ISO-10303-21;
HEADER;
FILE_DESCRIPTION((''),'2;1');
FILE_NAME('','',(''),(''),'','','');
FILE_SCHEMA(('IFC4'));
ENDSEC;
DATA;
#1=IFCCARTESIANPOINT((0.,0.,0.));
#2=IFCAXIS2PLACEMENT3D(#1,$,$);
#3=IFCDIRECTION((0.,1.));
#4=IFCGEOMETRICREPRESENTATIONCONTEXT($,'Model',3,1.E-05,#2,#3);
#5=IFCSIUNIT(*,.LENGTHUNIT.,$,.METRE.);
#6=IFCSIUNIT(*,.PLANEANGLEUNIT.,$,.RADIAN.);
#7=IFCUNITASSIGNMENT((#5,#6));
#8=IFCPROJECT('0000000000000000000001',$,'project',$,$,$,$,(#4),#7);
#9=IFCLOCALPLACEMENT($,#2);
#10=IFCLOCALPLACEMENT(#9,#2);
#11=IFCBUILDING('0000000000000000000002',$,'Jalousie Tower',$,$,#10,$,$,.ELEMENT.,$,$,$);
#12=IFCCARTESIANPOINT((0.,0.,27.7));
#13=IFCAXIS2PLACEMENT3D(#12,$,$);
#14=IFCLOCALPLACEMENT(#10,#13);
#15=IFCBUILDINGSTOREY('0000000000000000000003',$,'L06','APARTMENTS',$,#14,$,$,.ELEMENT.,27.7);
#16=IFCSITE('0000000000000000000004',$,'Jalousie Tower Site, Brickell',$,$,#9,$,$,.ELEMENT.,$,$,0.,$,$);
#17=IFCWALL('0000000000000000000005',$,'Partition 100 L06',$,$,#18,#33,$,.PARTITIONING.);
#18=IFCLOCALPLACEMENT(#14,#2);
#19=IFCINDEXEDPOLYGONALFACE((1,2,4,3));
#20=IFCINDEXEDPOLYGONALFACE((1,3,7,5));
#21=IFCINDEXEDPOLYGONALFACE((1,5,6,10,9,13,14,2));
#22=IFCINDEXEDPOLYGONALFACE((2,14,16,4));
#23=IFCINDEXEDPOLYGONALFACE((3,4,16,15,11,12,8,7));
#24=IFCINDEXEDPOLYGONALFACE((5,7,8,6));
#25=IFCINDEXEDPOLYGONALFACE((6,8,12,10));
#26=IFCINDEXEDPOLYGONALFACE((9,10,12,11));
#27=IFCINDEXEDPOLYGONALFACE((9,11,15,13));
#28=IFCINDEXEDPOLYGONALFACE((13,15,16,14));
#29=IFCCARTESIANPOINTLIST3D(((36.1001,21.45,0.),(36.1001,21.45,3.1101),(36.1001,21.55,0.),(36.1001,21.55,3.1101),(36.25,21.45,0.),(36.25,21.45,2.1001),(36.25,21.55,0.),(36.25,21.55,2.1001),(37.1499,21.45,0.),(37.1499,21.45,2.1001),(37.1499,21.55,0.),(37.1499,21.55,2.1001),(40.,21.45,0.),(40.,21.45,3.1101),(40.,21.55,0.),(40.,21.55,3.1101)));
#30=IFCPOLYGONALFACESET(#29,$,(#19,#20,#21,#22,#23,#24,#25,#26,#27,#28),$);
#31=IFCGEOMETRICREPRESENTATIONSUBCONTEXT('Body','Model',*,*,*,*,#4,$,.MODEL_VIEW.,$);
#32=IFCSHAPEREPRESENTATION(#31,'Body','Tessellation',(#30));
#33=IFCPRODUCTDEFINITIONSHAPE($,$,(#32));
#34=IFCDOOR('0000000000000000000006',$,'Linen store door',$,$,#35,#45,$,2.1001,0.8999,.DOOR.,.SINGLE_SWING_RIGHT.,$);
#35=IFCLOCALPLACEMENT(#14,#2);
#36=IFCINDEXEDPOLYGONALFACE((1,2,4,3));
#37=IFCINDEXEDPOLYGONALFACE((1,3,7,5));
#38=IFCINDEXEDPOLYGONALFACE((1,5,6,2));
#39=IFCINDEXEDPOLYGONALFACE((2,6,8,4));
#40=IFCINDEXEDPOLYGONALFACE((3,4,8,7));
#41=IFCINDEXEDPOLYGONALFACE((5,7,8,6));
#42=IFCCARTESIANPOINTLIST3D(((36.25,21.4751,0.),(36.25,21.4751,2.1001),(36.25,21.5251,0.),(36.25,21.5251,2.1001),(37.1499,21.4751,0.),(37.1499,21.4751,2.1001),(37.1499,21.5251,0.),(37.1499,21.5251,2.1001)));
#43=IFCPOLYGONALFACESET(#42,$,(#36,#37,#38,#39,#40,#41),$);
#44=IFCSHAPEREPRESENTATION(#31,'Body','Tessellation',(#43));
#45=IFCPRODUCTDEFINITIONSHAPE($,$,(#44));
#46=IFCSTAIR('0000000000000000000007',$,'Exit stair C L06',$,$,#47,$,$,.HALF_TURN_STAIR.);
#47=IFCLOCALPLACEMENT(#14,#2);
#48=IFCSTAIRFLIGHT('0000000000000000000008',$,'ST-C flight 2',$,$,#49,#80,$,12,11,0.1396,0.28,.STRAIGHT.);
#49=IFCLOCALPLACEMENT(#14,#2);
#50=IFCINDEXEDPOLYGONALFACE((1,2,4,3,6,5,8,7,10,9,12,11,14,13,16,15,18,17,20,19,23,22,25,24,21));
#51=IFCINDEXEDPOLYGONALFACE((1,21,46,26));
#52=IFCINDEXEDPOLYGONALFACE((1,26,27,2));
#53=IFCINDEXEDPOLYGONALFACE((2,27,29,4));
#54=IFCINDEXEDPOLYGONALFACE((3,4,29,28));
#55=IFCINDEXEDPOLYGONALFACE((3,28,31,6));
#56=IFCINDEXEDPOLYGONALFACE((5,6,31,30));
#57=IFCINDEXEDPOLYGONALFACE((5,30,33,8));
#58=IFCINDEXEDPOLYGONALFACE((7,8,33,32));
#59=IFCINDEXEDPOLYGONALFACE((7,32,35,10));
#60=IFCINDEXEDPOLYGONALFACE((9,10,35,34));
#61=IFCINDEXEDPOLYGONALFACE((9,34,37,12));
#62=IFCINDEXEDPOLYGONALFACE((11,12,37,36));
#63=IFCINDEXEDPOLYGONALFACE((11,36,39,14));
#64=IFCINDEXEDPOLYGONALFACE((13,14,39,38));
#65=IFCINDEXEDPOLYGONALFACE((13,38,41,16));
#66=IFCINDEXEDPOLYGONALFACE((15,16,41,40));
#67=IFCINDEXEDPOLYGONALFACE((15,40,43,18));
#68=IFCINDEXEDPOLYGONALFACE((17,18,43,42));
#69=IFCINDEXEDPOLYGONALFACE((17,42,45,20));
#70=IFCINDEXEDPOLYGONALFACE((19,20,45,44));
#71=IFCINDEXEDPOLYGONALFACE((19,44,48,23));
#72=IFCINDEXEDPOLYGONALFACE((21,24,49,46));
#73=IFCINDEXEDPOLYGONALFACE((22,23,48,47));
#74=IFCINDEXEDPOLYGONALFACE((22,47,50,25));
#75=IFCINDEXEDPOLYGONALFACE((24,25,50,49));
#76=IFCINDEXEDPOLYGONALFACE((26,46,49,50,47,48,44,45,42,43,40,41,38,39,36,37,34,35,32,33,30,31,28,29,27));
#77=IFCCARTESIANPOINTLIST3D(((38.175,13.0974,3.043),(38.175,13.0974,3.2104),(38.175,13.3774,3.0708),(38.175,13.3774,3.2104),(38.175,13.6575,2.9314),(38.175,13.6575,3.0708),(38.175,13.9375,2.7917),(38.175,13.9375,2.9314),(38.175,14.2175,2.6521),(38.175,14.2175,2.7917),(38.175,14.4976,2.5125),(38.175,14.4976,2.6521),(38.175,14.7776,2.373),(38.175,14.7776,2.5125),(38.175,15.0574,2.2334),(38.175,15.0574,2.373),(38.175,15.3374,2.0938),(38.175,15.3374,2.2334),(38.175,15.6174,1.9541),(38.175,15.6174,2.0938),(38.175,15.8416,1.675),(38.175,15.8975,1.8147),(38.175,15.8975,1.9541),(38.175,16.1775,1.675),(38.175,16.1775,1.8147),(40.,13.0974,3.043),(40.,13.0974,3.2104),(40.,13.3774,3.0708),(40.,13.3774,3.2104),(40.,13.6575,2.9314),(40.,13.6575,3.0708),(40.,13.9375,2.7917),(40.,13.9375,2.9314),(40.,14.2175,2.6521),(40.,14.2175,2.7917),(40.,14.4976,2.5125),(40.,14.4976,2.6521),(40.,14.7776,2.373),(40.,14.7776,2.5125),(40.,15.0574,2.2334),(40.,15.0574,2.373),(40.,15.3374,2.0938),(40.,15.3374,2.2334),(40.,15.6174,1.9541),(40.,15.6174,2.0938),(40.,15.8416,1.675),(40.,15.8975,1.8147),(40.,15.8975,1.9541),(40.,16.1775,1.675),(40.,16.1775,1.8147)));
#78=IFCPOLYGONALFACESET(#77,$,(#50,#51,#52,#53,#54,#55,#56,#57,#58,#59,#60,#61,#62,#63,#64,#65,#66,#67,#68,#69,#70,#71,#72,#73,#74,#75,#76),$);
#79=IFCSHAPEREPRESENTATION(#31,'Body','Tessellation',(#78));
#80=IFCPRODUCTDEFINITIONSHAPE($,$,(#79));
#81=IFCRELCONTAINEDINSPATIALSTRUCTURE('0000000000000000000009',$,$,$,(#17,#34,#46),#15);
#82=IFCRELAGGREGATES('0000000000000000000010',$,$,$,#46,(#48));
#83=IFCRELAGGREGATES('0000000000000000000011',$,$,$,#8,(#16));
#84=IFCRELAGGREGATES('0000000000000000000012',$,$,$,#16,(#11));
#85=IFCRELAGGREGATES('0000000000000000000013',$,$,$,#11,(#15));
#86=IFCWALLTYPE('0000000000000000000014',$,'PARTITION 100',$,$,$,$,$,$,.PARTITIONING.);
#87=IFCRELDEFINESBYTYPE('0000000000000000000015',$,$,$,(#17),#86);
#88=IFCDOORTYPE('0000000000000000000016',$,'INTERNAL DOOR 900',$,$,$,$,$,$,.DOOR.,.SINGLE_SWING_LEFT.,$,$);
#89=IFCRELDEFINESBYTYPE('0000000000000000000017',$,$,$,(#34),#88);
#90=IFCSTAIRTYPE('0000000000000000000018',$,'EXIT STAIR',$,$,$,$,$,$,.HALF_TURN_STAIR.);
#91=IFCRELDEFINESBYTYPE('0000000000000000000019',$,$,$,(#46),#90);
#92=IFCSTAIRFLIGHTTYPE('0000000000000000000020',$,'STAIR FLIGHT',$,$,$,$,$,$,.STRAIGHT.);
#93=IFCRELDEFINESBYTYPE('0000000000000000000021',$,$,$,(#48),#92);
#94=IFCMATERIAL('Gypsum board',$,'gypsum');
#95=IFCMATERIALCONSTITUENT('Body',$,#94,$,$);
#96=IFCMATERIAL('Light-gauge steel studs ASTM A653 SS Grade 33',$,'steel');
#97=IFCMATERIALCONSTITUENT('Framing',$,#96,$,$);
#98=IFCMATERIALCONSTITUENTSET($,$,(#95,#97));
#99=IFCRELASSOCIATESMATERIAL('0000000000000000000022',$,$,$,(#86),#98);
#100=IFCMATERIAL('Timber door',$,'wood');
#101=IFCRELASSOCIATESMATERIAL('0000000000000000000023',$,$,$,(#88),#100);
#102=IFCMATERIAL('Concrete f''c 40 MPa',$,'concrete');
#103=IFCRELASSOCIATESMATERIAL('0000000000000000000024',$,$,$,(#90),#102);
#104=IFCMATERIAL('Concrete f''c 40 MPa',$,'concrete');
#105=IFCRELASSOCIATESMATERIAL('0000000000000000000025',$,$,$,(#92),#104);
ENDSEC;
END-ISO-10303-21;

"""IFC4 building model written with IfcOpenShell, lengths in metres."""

from ifc_helpers import new_model, si_unit, direction, frame, frame_2d, origin, place, context, subcontext, project, spatial, polyline, rectangle, outline, extrude, material, constituent, constituent_set, type_object, element, fill, aggregate, save


model = new_model("IFC4")

# Units and contexts
model_context = context("Model", 3, precision=1e-05, world=origin(), true_north=direction((0.0, 1.0)))
body_context = subcontext(model_context, "Body", "Model", "MODEL_VIEW")
ifc_project = project(units=[si_unit("LENGTHUNIT", "METRE"), si_unit("PLANEANGLEUNIT", "RADIAN")], contexts=[model_context])

# Site, building, storey
site_placement = place(None, origin())
site = spatial("IfcSite", under=ifc_project, at=site_placement, Name="Jalousie Tower Site, Brickell", CompositionType="ELEMENT", RefElevation=0.0)
building_placement = place(site_placement, origin())
building = spatial("IfcBuilding", under=site, at=building_placement, Name="Jalousie Tower", CompositionType="ELEMENT")
storey_placement = place(building_placement, frame((0.0, 0.0, 27.7)))
storey = spatial("IfcBuildingStorey", under=building, at=storey_placement, Name="L06", Description="APARTMENTS", CompositionType="ELEMENT", Elevation=27.7)

# Wall, opening, door
ifc_material_1 = material(Name="Gypsum board", Category="gypsum")
ifc_constituent_1 = constituent(ifc_material_1, Name="Body")
ifc_material_2 = material(Name="Light-gauge steel studs ASTM A653 SS Grade 33", Category="steel")
ifc_constituent_2 = constituent(ifc_material_2, Name="Framing")
ifc_constituent_set = constituent_set(constituents=[ifc_constituent_1, ifc_constituent_2])
wall_type_1 = type_object("IfcWallType", Name="PARTITION 100", PredefinedType="PARTITIONING", material=ifc_constituent_set)
ifc_material_3 = material(Name="Timber door", Category="wood")
door_type_1 = type_object("IfcDoorType", Name="INTERNAL DOOR 900", OperationType="SINGLE_SWING_LEFT", PredefinedType="DOOR", material=ifc_material_3)
wall_1_placement = place(storey_placement, frame((36.1001, 21.5, 0.0), z_axis=(0.0, 0.0, 1.0), x_axis=(1.0, 0.0, 0.0)))
wall_1 = element("IfcWall", 1, at=wall_1_placement, inside=storey, type_object=wall_type_1, Name="Partition 100 L06", PredefinedType="PARTITIONING", context=body_context, shape_type="SweptSolid", body=[
    extrude(rectangle(XDim=3.8999, YDim=0.1001, at=frame_2d((1.95, 0.0))), origin(), (0.0, 0.0, 1.0), 3.1101),
])
opening_1_placement = place(wall_1_placement, frame((0.1499, 0.0, 0.0)))
opening_1 = element("IfcOpeningElement", 2, at=opening_1_placement, cuts=wall_1, PredefinedType="OPENING", context=body_context, shape_type="SweptSolid", body=[
    extrude(rectangle(XDim=0.8999, YDim=2.1001, at=frame_2d((0.45, 1.05))), frame((0.0, 0.0601, 0.0), z_axis=(0.0, -1.0, 0.0), x_axis=(1.0, 0.0, 0.0)), (0.0, 0.0, 1.0), 0.1201),
])
door_1_placement = place(opening_1_placement, frame((0.8999, 0.0, 0.0), z_axis=(0.0, 0.0, 1.0), x_axis=(-1.0, 0.0, 0.0)))
door_1 = element("IfcDoor", 3, at=door_1_placement, inside=storey, type_object=door_type_1, Name="Linen store door", OperationType="SINGLE_SWING_RIGHT", OverallHeight=2.1001, OverallWidth=0.8999, PredefinedType="DOOR", context=body_context, shape_type="SweptSolid", body=[
    extrude(rectangle(XDim=0.8999, YDim=2.1001, at=frame_2d((0.45, 1.05))), frame((0.0, 0.0249, 0.0), z_axis=(0.0, -1.0, 0.0), x_axis=(1.0, 0.0, 0.0)), (0.0, 0.0, 1.0), 0.05),
])
fill(opening_1, door_1)

# Stair, stair flight
ifc_material_4 = material(Name="Concrete f'c 40 MPa", Category="concrete")
stair_type = type_object("IfcStairType", Name="EXIT STAIR", PredefinedType="HALF_TURN_STAIR", material=ifc_material_4)
stair_placement = place(storey_placement, origin())
stair = element("IfcStair", 4, at=stair_placement, inside=storey, type_object=stair_type, Name="Exit stair C L06", PredefinedType="HALF_TURN_STAIR")
ifc_material_5 = material(Name="Concrete f'c 40 MPa", Category="concrete")
stair_flight_type = type_object("IfcStairFlightType", Name="STAIR FLIGHT", PredefinedType="STRAIGHT", material=ifc_material_5)
stair_flight_placement = place(storey_placement, frame((39.0874, 16.1775, 1.675), z_axis=(0.0, 0.0, 1.0), x_axis=(0.0, -1.0, 0.0)))
stair_flight = element("IfcStairFlight", 5, at=stair_flight_placement, type_object=stair_flight_type, Name="ST-C flight 2", NumberOfRisers=12, NumberOfTreads=11, PredefinedType="STRAIGHT", RiserHeight=0.1396, TreadLength=0.28, context=body_context, shape_type="SweptSolid", body=[
    extrude(outline(polyline([(0.0, 0.0), (0.0, 0.1396), (0.28, 0.1396), (0.28, 0.2791), (0.5601, 0.2791), (0.5601, 0.4187), (0.8401, 0.4187), (0.8401, 0.5583), (1.1201, 0.5583), (1.1201, 0.698), (1.3999, 0.698), (1.3999, 0.8374), (1.6799, 0.8374), (1.6799, 0.9771), (1.96, 0.9771), (1.96, 1.1167), (2.24, 1.1167), (2.24, 1.2563), (2.52, 1.2563), (2.52, 1.3958), (2.8, 1.3958), (2.8, 1.5354), (3.0801, 1.5354), (3.0801, 1.675), (3.0801, 1.3679), (0.3359, 0.0), (0.0, 0.0)])), frame((0.0, 0.9126, 0.0), z_axis=(0.0, -1.0, 0.0), x_axis=(1.0, 0.0, 0.0)), (0.0, 0.0, 1.0), 1.825),
])
aggregate(stair, [stair_flight])

save(model, "model.ifc")
